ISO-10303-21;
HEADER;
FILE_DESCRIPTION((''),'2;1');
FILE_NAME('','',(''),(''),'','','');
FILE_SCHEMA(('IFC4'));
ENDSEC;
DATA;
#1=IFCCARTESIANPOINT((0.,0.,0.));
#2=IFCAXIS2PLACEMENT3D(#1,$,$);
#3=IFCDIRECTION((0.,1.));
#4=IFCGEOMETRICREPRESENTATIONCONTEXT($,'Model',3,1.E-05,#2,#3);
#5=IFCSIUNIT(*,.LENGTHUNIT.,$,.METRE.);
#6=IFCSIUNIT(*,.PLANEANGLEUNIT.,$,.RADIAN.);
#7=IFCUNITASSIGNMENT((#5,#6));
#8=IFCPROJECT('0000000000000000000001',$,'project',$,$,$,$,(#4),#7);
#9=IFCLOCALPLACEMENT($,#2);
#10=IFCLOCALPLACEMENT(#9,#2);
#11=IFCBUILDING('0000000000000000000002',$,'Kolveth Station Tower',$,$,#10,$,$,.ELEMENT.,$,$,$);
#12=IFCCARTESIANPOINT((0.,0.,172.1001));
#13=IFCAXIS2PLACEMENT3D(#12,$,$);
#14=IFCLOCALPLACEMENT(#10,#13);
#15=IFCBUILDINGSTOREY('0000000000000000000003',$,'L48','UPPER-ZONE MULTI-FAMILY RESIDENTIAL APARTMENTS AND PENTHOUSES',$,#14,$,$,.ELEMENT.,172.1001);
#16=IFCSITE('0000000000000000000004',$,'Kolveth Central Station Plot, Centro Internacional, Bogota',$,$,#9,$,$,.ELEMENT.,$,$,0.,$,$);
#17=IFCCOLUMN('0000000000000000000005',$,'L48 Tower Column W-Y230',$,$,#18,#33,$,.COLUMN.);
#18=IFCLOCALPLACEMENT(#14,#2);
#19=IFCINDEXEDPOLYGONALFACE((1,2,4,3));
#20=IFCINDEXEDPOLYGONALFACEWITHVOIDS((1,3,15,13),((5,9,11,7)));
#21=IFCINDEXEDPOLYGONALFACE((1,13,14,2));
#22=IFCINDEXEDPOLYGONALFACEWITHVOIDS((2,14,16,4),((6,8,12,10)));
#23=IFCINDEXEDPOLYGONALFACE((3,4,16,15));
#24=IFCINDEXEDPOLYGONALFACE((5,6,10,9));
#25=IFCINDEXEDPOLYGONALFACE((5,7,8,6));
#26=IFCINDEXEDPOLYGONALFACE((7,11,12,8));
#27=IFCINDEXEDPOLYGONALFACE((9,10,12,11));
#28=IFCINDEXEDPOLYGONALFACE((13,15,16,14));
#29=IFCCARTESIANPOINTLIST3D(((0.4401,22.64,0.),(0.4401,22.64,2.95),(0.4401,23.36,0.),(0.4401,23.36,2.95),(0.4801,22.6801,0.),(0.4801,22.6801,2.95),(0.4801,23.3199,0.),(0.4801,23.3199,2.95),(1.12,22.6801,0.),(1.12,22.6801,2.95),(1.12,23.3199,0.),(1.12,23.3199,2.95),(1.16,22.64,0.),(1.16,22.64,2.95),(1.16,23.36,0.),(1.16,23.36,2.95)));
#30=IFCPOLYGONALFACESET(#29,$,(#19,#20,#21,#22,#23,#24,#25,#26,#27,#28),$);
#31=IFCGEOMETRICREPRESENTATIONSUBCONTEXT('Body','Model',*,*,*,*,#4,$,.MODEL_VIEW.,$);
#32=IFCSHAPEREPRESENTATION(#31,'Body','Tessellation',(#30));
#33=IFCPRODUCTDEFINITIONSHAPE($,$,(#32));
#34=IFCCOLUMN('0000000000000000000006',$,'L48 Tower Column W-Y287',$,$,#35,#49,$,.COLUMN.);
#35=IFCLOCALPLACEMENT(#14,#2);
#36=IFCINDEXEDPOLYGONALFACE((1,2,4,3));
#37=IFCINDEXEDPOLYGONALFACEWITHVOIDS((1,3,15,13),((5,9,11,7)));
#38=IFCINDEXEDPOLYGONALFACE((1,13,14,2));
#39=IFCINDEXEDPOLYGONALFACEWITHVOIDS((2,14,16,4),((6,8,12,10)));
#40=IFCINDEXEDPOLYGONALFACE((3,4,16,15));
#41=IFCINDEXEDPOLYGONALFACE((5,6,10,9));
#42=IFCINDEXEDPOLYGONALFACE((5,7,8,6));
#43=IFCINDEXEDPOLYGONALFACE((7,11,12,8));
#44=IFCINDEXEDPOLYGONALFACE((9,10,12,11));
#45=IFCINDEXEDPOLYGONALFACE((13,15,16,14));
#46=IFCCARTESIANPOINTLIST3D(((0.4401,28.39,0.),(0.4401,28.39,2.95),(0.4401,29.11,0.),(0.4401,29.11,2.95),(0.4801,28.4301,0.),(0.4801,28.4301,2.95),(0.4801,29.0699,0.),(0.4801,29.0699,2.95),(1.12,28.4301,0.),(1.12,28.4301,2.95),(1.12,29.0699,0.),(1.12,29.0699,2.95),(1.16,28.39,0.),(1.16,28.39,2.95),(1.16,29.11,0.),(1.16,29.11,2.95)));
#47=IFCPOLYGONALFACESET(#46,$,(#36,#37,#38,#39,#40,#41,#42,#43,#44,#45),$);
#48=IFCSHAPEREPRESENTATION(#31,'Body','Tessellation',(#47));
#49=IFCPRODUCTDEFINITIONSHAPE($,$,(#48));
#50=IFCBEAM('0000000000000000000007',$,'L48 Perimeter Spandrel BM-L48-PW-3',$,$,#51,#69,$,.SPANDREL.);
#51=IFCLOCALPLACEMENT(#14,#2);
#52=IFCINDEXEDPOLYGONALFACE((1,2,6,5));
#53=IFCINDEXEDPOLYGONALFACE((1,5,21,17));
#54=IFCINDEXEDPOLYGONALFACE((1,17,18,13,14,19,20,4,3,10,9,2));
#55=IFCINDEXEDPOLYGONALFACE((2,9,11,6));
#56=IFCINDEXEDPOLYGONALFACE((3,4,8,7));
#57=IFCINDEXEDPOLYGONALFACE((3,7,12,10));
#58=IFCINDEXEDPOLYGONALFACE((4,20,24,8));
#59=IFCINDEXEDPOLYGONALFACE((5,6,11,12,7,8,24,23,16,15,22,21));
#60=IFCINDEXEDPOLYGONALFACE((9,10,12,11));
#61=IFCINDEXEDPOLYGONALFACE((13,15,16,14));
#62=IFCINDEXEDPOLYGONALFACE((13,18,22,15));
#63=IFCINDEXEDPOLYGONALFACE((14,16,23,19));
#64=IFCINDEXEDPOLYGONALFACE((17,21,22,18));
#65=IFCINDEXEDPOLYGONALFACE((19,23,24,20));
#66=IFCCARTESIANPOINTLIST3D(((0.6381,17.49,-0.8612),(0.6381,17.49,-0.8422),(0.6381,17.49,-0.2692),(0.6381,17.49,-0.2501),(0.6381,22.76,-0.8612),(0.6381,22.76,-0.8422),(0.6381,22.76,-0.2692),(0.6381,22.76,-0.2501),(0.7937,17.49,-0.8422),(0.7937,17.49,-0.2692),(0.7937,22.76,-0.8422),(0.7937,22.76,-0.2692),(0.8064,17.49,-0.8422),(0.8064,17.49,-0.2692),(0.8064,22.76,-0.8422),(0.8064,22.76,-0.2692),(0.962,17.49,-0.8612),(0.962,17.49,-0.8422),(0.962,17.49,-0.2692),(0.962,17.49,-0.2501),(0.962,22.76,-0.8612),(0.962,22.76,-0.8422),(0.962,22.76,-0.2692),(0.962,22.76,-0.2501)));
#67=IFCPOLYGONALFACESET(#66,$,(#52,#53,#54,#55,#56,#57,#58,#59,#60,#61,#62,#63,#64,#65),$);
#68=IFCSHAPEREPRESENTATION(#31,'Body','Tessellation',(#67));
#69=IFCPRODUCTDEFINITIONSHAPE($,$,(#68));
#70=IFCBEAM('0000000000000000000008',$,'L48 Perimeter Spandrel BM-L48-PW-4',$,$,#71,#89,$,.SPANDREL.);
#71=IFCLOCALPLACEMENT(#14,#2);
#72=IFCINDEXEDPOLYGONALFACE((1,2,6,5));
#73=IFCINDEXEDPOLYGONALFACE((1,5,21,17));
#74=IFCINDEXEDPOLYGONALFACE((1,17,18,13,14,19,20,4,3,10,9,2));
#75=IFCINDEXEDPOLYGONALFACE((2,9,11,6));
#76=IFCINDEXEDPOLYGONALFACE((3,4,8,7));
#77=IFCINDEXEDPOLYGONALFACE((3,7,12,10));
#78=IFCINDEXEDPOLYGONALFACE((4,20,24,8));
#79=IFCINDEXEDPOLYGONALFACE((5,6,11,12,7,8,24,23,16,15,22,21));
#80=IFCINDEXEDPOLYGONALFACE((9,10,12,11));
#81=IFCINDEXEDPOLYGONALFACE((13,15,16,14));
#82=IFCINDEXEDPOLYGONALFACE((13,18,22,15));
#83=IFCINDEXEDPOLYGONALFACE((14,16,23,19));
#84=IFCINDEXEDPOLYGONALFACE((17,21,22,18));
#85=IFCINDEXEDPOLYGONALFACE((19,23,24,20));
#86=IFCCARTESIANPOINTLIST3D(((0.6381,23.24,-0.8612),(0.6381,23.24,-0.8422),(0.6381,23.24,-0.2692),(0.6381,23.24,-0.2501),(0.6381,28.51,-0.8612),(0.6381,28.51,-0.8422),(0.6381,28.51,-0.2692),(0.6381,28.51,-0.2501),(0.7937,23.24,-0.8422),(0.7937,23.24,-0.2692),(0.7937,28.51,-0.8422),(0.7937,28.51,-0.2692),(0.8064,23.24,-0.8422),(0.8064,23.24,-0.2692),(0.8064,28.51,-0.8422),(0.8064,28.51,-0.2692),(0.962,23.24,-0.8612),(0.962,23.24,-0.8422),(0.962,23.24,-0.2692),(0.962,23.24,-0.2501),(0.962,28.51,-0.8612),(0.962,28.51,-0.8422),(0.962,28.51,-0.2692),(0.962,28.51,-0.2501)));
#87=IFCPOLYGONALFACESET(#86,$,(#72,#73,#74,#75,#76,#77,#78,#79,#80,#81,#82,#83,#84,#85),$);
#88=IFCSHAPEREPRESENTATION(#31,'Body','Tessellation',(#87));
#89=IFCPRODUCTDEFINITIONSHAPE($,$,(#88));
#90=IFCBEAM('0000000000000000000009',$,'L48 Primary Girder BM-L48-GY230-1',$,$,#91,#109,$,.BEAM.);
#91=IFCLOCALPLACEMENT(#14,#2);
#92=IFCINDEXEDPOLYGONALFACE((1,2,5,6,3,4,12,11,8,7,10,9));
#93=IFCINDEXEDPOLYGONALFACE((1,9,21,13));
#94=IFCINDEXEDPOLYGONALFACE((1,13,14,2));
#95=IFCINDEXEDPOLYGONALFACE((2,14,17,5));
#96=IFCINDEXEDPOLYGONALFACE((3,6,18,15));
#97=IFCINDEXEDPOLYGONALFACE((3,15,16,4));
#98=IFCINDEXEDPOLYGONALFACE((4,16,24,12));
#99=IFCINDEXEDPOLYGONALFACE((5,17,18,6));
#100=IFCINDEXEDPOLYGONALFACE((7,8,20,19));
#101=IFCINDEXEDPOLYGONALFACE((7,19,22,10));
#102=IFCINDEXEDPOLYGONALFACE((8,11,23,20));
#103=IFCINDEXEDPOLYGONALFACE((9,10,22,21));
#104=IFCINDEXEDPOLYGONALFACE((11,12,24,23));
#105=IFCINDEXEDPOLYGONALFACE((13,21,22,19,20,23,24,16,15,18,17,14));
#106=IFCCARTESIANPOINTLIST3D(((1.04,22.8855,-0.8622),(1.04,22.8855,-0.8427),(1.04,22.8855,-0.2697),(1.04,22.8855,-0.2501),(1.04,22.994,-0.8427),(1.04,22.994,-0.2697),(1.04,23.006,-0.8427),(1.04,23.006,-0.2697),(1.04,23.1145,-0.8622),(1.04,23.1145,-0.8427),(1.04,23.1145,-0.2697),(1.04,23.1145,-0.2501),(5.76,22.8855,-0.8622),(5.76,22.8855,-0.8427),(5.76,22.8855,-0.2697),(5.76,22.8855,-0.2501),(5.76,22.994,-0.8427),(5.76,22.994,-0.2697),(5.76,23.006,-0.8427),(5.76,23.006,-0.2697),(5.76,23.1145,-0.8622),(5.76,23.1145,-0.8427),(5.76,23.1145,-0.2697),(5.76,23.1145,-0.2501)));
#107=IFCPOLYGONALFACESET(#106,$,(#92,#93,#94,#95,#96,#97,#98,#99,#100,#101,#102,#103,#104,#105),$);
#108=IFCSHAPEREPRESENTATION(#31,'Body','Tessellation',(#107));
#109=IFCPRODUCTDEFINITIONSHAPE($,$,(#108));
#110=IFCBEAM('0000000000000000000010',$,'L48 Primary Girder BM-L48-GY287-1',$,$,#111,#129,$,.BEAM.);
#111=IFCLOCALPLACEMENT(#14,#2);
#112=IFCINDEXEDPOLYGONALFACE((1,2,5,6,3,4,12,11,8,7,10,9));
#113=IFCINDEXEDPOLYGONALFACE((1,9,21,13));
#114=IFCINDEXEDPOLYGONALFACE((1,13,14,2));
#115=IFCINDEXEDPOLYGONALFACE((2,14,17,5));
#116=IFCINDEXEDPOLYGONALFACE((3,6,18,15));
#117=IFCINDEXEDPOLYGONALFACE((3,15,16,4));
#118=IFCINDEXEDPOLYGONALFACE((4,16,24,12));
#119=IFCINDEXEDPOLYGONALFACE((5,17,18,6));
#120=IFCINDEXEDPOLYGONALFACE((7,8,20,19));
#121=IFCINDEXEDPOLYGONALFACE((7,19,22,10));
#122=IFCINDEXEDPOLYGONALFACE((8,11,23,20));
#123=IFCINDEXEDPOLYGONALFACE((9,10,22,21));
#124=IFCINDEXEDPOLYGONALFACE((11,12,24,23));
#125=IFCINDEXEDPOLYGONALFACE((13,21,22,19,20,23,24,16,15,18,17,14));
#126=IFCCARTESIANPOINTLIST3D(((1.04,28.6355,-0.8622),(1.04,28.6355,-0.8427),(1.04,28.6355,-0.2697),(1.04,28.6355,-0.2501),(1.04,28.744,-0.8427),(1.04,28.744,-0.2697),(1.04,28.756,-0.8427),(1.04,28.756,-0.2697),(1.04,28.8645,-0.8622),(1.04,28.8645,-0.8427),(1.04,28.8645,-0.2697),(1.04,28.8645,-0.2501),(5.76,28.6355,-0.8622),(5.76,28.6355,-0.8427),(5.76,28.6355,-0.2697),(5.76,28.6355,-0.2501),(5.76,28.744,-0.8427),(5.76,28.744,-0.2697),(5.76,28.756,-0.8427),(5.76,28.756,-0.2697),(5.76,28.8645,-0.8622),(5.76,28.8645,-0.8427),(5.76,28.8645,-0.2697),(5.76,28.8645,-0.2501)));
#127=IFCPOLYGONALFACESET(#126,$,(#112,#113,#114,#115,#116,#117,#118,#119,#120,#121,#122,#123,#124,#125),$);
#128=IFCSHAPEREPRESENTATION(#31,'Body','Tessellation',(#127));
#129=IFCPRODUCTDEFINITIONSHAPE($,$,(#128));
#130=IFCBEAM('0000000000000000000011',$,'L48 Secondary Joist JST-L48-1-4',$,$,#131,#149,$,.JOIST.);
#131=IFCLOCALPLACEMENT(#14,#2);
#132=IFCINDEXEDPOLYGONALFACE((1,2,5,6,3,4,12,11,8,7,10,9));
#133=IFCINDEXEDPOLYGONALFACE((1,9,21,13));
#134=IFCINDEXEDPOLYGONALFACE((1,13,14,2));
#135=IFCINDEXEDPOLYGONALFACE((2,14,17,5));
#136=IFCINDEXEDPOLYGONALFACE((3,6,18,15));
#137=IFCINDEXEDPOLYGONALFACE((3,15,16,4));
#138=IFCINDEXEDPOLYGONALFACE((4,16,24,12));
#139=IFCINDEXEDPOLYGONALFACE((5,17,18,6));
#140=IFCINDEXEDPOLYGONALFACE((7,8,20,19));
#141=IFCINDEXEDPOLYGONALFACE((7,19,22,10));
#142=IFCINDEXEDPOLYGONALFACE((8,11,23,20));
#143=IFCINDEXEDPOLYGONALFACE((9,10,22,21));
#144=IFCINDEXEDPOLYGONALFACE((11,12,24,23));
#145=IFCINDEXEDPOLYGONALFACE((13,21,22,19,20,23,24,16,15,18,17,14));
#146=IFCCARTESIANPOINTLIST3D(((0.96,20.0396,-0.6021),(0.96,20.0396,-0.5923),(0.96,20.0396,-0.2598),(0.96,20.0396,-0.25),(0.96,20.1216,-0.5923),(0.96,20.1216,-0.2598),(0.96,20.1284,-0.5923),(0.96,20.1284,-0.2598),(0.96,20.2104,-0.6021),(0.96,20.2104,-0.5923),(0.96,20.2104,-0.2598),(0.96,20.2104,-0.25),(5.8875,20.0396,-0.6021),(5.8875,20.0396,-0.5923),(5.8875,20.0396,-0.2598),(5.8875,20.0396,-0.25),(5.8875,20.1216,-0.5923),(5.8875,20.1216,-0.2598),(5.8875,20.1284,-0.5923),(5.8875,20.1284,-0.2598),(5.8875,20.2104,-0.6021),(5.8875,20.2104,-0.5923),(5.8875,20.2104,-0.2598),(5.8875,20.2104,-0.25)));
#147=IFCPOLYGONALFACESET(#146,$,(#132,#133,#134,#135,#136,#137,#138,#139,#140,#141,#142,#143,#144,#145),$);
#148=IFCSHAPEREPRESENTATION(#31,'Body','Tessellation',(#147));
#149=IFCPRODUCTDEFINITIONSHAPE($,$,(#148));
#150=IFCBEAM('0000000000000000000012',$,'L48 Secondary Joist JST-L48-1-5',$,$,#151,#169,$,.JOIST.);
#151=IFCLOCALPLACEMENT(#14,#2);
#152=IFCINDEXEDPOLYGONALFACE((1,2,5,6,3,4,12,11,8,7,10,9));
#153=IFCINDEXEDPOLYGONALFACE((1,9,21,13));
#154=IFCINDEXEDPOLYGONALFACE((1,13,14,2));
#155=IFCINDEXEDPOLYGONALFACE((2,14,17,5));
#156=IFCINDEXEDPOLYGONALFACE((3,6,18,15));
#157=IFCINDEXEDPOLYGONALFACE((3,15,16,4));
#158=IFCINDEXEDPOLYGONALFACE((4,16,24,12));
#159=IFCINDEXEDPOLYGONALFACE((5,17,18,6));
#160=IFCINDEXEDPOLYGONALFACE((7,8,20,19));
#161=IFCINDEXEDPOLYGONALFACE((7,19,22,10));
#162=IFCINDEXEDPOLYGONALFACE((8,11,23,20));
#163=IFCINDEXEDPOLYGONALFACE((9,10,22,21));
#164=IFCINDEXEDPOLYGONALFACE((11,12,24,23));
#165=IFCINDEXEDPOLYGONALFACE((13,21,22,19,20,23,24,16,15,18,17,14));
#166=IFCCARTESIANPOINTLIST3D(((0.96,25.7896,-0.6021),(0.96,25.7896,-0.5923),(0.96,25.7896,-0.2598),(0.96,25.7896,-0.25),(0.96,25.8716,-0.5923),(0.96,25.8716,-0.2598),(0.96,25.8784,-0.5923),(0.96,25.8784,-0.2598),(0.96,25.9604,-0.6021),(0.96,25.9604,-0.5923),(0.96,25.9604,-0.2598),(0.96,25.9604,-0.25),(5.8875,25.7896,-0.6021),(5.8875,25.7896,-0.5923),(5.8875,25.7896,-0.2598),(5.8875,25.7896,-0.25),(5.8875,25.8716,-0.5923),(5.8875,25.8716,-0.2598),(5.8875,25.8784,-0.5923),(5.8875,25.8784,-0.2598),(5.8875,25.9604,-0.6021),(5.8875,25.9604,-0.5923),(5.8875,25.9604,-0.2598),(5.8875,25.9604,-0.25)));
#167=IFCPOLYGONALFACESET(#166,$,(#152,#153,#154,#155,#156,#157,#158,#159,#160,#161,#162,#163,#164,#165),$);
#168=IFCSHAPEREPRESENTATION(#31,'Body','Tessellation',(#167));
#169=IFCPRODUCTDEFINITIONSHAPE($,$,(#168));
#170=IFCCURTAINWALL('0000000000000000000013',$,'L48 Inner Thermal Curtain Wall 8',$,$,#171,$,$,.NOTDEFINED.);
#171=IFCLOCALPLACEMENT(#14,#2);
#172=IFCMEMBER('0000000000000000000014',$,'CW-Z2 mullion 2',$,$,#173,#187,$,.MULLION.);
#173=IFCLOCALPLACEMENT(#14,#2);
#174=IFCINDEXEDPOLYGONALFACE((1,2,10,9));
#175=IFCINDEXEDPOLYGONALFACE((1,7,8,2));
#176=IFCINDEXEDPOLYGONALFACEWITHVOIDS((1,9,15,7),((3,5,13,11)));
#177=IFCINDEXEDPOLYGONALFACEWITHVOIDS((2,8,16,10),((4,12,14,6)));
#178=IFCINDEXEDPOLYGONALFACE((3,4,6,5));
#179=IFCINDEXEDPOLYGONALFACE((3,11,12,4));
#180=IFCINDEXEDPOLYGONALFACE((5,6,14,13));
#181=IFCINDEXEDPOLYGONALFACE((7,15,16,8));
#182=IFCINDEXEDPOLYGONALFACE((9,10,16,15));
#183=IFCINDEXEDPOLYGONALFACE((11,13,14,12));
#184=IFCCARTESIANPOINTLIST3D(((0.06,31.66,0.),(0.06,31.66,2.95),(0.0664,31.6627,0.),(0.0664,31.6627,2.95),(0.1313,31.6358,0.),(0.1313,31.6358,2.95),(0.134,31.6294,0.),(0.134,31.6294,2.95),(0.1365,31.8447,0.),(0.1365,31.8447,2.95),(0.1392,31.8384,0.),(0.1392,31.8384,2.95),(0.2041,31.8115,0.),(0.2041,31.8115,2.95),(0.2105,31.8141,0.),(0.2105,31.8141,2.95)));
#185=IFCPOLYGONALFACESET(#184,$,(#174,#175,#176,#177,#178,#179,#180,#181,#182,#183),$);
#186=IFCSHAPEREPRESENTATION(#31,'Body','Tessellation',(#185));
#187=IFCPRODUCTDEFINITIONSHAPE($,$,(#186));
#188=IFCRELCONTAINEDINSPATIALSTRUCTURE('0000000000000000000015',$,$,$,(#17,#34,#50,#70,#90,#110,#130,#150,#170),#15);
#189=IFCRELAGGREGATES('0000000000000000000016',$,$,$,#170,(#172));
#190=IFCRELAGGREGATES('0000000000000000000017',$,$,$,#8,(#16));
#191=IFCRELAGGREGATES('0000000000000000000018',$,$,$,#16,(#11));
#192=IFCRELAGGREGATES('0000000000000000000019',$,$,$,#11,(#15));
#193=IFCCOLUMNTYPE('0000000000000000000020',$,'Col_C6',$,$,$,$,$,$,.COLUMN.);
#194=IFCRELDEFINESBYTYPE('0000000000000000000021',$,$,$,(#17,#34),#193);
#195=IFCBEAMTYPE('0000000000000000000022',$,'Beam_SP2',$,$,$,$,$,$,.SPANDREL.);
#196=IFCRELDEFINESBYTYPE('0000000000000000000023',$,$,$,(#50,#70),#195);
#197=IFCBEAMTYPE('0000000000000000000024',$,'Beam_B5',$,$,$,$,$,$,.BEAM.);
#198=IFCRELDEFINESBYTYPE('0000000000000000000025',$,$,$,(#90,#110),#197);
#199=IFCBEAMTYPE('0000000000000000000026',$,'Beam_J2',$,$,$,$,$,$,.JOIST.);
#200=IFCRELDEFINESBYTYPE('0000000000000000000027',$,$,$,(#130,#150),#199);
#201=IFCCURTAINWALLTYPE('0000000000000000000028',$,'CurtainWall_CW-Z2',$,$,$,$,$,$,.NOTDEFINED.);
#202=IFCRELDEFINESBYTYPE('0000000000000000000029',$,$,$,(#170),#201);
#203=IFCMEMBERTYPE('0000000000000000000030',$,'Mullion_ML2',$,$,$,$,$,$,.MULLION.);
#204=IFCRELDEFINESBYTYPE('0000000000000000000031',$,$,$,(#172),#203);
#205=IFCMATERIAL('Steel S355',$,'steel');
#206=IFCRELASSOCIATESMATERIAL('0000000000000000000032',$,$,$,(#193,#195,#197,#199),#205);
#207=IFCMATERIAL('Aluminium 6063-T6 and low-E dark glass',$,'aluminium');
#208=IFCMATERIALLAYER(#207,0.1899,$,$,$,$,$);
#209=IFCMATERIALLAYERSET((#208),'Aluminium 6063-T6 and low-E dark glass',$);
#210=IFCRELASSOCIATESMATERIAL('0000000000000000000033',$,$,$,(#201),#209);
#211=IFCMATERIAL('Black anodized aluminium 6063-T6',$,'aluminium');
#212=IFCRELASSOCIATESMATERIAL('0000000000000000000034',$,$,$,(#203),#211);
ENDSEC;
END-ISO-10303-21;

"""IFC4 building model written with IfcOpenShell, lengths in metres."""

from ifc_helpers import new_model, si_unit, direction, frame, origin, origin_2d, place, context, subcontext, project, spatial, hollow_rectangle, i_section, extrude, source, transform, mapped, material, layer, layer_set, material_profile, profile_set, type_object, element, aggregate, save


model = new_model("IFC4")

# Units and contexts
model_context = context("Model", 3, precision=1e-05, world=origin(), true_north=direction((0.0, 1.0)))
body_context = subcontext(model_context, "Body", "Model", "MODEL_VIEW")
ifc_project = project(units=[si_unit("LENGTHUNIT", "METRE"), si_unit("PLANEANGLEUNIT", "RADIAN")], contexts=[model_context])

# Site, building, storey
site_placement = place(None, origin())
site = spatial("IfcSite", under=ifc_project, at=site_placement, Name="Kolveth Central Station Plot, Centro Internacional, Bogota", CompositionType="ELEMENT", RefElevation=0.0)
building_placement = place(site_placement, origin())
building = spatial("IfcBuilding", under=site, at=building_placement, Name="Kolveth Station Tower", CompositionType="ELEMENT")
storey_placement = place(building_placement, frame((0.0, 0.0, 172.1001)))
storey = spatial("IfcBuildingStorey", under=building, at=storey_placement, Name="L48", Description="UPPER-ZONE MULTI-FAMILY RESIDENTIAL APARTMENTS AND PENTHOUSES", CompositionType="ELEMENT", Elevation=172.1001)

# Columns
ifc_material_1 = material(Name="Steel S355", Category="steel")
ifc_material_profile_1 = material_profile(ifc_material_1, hollow_rectangle(XDim=0.72, YDim=0.72, WallThickness=0.04, at=origin_2d()), Name="BOX720x720x40")
ifc_profile_set_1 = profile_set([ifc_material_profile_1], Name="Steel S355")
column_type = type_object("IfcColumnType", Name="Col_C6", PredefinedType="COLUMN", material=ifc_profile_set_1)
shared_shape_1 = source(origin(), body_context, "Body", "SweptSolid", [
    extrude(hollow_rectangle(XDim=0.72, YDim=0.72, WallThickness=0.04, at=origin_2d()), origin(), (0.0, 0.0, 1.0), 2.95),
])
for number, where, z_axis, x_axis, name in (
    (1, (0.8, 23.0, 0.0), (0.0, 0.0, 1.0), (1.0, 0.0, 0.0), "L48 Tower Column W-Y230"),
    (2, (0.8, 28.75, 0.0), (0.0, 0.0, 1.0), (1.0, 0.0, 0.0), "L48 Tower Column W-Y287"),
):
    element("IfcColumn", number, at=place(storey_placement, frame(where, z_axis=z_axis, x_axis=x_axis)), inside=storey, type_object=column_type, Name=name, PredefinedType="COLUMN", context=body_context, shape_type="MappedRepresentation", body=[
        mapped(shared_shape_1, transform((0.0, 0.0, 0.0), x_axis=(1.0, 0.0, 0.0), y_axis=(0.0, 1.0, 0.0), z_axis=(0.0, 0.0, 1.0), scale=1.0)),
    ])

# Beams
ifc_material_profile_2 = material_profile(ifc_material_1, i_section(OverallWidth=0.324, OverallDepth=0.6111, WebThickness=0.0127, FlangeThickness=0.019, at=origin_2d()), Name="W610x155")
ifc_profile_set_2 = profile_set([ifc_material_profile_2], Name="Steel S355")
beam_type_1 = type_object("IfcBeamType", Name="Beam_SP2", PredefinedType="SPANDREL", material=ifc_profile_set_2)
shared_shape_2 = source(origin(), body_context, "Body", "SweptSolid", [
    extrude(i_section(OverallWidth=0.324, OverallDepth=0.6111, WebThickness=0.0127, FlangeThickness=0.019, at=origin_2d()), origin(), (0.0, 0.0, 1.0), 5.27),
])
for number, where, z_axis, x_axis, name in (
    (3, (0.8, 17.49, -0.5557), (0.0, 1.0, 0.0), (-1.0, 0.0, 0.0), "L48 Perimeter Spandrel BM-L48-PW-3"),
    (4, (0.8, 23.24, -0.5557), (0.0, 1.0, 0.0), (-1.0, 0.0, 0.0), "L48 Perimeter Spandrel BM-L48-PW-4"),
):
    element("IfcBeam", number, at=place(storey_placement, frame(where, z_axis=z_axis, x_axis=x_axis)), inside=storey, type_object=beam_type_1, Name=name, PredefinedType="SPANDREL", context=body_context, shape_type="MappedRepresentation", body=[
        mapped(shared_shape_2, transform((0.0, 0.0, 0.0), x_axis=(1.0, 0.0, 0.0), y_axis=(0.0, 1.0, 0.0), z_axis=(0.0, 0.0, 1.0), scale=1.0)),
    ])
ifc_material_profile_3 = material_profile(ifc_material_1, i_section(OverallWidth=0.229, OverallDepth=0.6121, WebThickness=0.012, FlangeThickness=0.0195, at=origin_2d()), Name="W610x125")
ifc_profile_set_3 = profile_set([ifc_material_profile_3], Name="Steel S355")
beam_type_2 = type_object("IfcBeamType", Name="Beam_B5", PredefinedType="BEAM", material=ifc_profile_set_3)
shared_shape_3 = source(origin(), body_context, "Body", "SweptSolid", [
    extrude(i_section(OverallWidth=0.229, OverallDepth=0.6121, WebThickness=0.012, FlangeThickness=0.0195, at=origin_2d()), origin(), (0.0, 0.0, 1.0), 4.72),
])
for number, where, z_axis, x_axis, name in (
    (5, (1.04, 23.0, -0.5562), (1.0, 0.0, 0.0), (0.0, 1.0, 0.0), "L48 Primary Girder BM-L48-GY230-1"),
    (6, (1.04, 28.75, -0.5562), (1.0, 0.0, 0.0), (0.0, 1.0, 0.0), "L48 Primary Girder BM-L48-GY287-1"),
):
    element("IfcBeam", number, at=place(storey_placement, frame(where, z_axis=z_axis, x_axis=x_axis)), inside=storey, type_object=beam_type_2, Name=name, PredefinedType="BEAM", context=body_context, shape_type="MappedRepresentation", body=[
        mapped(shared_shape_3, transform((0.0, 0.0, 0.0), x_axis=(1.0, 0.0, 0.0), y_axis=(0.0, 1.0, 0.0), z_axis=(0.0, 0.0, 1.0), scale=1.0)),
    ])
ifc_material_profile_4 = material_profile(ifc_material_1, i_section(OverallWidth=0.1709, OverallDepth=0.3521, WebThickness=0.0068, FlangeThickness=0.0098, at=origin_2d()), Name="W360x44")
ifc_profile_set_4 = profile_set([ifc_material_profile_4], Name="Steel S355")
beam_type_3 = type_object("IfcBeamType", Name="Beam_J2", PredefinedType="JOIST", material=ifc_profile_set_4)
shared_shape_4 = source(origin(), body_context, "Body", "SweptSolid", [
    extrude(i_section(OverallWidth=0.1709, OverallDepth=0.3521, WebThickness=0.0068, FlangeThickness=0.0098, at=origin_2d()), origin(), (0.0, 0.0, 1.0), 4.9275),
])
for number, where, z_axis, x_axis, name in (
    (7, (0.96, 20.125, -0.426), (1.0, 0.0, 0.0), (0.0, 1.0, 0.0), "L48 Secondary Joist JST-L48-1-4"),
    (8, (0.96, 25.875, -0.426), (1.0, 0.0, 0.0), (0.0, 1.0, 0.0), "L48 Secondary Joist JST-L48-1-5"),
):
    element("IfcBeam", number, at=place(storey_placement, frame(where, z_axis=z_axis, x_axis=x_axis)), inside=storey, type_object=beam_type_3, Name=name, PredefinedType="JOIST", context=body_context, shape_type="MappedRepresentation", body=[
        mapped(shared_shape_4, transform((0.0, 0.0, 0.0), x_axis=(1.0, 0.0, 0.0), y_axis=(0.0, 1.0, 0.0), z_axis=(0.0, 0.0, 1.0), scale=1.0)),
    ])

# Curtain wall, member
ifc_material_2 = material(Name="Aluminium 6063-T6 and low-E dark glass", Category="aluminium")
ifc_layer_1 = layer(ifc_material_2, 0.1899)
ifc_layer_set_1 = layer_set([ifc_layer_1], Name="Aluminium 6063-T6 and low-E dark glass")
curtain_wall_type_1 = type_object("IfcCurtainWallType", Name="CurtainWall_CW-Z2", PredefinedType="NOTDEFINED", material=ifc_layer_set_1)
curtain_wall_1_placement = place(storey_placement, origin())
curtain_wall_1 = element("IfcCurtainWall", 9, at=curtain_wall_1_placement, inside=storey, type_object=curtain_wall_type_1, Name="L48 Inner Thermal Curtain Wall 8", PredefinedType="NOTDEFINED")
ifc_material_3 = material(Name="Black anodized aluminium 6063-T6", Category="aluminium")
ifc_material_profile_5 = material_profile(ifc_material_3, hollow_rectangle(XDim=0.0801, YDim=0.2, WallThickness=0.0049, at=origin_2d()), Name="ALU-80x200x5")
ifc_profile_set_5 = profile_set([ifc_material_profile_5], Name="Black anodized aluminium 6063-T6")
member_type_1 = type_object("IfcMemberType", Name="Mullion_ML2", PredefinedType="MULLION", material=ifc_profile_set_5)
shared_shape_5 = source(origin(), body_context, "Body", "SweptSolid", [
    extrude(hollow_rectangle(XDim=0.0801, YDim=0.2, WallThickness=0.0049, at=origin_2d()), origin(), (0.0, 0.0, 1.0), 2.95),
])
member_1_placement = place(storey_placement, frame((0.1353, 31.7371, 0.0), z_axis=(0.0, 0.0, 1.0), x_axis=(0.923874, -0.382698, 0.0)))
member_1 = element("IfcMember", 10, at=member_1_placement, type_object=member_type_1, Name="CW-Z2 mullion 2", PredefinedType="MULLION", context=body_context, shape_type="MappedRepresentation", body=[
    mapped(shared_shape_5, transform((0.0, 0.0, 0.0), x_axis=(1.0, 0.0, 0.0), y_axis=(0.0, 1.0, 0.0), z_axis=(0.0, 0.0, 1.0), scale=1.0)),
])

aggregate(curtain_wall_1, [member_1])

save(model, "model.ifc")
